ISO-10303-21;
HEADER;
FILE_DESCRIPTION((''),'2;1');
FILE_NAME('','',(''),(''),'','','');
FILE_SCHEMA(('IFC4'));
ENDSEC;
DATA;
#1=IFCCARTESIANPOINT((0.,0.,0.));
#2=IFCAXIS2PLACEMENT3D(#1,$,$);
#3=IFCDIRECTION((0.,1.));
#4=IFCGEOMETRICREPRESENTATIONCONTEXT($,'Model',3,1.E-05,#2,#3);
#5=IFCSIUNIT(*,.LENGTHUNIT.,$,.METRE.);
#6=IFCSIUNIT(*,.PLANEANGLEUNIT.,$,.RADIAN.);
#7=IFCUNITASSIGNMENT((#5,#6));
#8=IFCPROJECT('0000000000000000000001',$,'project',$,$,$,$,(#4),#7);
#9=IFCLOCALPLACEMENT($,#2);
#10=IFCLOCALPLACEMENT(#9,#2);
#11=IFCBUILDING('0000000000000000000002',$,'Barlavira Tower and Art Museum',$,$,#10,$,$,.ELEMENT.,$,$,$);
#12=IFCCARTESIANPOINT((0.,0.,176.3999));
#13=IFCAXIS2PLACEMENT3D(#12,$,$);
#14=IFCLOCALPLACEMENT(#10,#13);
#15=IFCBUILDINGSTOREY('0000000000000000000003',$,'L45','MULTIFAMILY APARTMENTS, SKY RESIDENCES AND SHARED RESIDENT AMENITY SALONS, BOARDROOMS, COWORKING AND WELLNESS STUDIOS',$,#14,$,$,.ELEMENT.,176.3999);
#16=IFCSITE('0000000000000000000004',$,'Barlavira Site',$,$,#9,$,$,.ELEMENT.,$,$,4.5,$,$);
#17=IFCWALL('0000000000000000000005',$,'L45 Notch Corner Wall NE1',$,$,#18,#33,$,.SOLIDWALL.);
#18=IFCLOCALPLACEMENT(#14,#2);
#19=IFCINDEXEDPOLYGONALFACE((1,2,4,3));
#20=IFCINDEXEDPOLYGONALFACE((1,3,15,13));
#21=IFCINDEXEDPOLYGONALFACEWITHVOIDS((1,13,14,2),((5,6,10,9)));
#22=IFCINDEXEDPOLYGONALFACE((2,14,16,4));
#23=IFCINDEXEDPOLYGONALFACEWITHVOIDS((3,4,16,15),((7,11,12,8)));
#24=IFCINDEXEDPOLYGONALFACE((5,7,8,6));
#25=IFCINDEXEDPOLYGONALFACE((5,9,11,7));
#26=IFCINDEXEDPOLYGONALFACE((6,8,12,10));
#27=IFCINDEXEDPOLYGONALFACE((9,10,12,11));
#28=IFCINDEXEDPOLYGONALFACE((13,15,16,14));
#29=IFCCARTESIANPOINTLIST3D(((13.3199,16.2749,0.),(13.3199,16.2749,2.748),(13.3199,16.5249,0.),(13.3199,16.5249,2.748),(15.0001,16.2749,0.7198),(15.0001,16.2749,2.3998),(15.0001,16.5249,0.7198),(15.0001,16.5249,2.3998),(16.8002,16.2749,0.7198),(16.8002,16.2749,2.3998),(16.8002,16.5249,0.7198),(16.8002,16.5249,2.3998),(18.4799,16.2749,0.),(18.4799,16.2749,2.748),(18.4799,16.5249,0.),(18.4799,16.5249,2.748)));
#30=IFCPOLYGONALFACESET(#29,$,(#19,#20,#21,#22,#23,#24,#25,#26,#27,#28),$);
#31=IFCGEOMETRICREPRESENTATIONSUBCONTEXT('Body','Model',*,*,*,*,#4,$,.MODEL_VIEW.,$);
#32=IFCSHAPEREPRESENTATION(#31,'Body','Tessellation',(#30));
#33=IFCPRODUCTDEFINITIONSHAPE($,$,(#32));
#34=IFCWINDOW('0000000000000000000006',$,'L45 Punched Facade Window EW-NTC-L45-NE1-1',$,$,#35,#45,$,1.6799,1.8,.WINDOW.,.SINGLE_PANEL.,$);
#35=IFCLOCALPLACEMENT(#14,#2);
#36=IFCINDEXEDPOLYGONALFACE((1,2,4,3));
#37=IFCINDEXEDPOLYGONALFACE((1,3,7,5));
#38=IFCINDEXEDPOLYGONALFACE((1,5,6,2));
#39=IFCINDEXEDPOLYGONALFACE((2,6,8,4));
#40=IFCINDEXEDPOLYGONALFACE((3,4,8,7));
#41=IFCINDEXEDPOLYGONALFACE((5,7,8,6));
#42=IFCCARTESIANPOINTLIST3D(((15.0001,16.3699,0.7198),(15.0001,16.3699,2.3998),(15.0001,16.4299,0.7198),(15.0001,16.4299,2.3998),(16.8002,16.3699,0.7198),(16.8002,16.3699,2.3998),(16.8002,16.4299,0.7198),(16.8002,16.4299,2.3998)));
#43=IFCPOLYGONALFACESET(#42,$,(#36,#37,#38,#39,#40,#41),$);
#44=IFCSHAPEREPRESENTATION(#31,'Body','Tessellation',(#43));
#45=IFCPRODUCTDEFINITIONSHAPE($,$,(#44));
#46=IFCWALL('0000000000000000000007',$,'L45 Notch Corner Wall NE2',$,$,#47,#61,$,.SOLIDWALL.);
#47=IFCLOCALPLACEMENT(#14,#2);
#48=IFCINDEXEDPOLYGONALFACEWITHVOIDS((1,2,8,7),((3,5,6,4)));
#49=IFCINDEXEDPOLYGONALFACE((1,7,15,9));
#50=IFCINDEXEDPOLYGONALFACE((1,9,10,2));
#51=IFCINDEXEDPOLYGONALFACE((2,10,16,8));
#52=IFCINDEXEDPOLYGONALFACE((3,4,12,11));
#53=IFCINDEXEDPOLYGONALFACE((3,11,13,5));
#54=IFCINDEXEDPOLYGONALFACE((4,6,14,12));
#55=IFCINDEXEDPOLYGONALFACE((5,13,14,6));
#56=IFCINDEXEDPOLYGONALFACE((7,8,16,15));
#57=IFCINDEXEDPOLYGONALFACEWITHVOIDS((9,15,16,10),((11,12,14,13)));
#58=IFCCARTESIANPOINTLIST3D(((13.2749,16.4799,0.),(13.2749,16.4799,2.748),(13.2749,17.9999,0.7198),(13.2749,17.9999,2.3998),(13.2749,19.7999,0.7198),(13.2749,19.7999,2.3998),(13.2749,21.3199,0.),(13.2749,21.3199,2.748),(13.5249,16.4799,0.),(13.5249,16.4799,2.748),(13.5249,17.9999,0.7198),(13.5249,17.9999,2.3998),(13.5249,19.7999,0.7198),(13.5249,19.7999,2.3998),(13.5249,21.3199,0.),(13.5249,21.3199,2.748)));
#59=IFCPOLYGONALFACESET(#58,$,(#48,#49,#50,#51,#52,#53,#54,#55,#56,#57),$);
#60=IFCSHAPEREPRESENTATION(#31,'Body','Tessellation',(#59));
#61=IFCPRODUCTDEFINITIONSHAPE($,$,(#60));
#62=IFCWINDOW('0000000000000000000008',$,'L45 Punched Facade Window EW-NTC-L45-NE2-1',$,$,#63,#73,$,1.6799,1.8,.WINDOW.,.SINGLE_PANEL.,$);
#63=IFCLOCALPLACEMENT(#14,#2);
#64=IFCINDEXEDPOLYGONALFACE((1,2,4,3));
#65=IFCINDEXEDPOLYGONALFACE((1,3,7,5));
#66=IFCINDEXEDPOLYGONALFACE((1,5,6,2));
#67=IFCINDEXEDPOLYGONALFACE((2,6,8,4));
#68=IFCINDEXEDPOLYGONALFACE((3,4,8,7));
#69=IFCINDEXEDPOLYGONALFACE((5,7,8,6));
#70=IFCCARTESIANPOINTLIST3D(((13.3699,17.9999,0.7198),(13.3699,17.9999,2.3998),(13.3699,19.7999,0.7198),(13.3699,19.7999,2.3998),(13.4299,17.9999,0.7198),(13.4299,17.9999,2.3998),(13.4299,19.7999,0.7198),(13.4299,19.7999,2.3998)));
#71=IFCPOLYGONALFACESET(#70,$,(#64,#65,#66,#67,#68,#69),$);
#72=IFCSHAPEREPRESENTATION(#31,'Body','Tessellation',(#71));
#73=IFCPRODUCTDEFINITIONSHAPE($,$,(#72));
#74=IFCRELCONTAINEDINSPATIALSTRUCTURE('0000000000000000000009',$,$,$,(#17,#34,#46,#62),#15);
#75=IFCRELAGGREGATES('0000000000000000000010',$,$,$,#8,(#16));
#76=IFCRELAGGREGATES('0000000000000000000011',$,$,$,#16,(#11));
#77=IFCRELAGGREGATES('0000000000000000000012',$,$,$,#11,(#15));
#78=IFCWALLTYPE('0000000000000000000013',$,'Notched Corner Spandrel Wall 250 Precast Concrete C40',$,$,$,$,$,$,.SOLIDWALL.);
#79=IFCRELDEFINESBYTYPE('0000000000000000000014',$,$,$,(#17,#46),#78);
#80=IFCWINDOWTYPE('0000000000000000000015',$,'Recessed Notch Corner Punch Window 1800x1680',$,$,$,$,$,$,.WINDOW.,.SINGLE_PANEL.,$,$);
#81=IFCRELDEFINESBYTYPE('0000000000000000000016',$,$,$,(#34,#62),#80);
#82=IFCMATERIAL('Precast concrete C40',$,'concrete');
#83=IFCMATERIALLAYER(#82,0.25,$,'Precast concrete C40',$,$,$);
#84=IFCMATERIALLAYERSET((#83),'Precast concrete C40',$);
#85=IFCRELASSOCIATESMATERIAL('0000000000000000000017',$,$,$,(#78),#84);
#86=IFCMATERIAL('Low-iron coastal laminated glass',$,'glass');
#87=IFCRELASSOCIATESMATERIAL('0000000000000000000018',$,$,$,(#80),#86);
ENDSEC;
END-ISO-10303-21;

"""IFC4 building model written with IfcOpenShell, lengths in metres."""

from ifc_helpers import new_model, si_unit, direction, frame, frame_2d, origin, place, context, subcontext, project, spatial, rectangle, extrude, material, layer, layer_set, type_object, element, fill, save


model = new_model("IFC4")

# Units and contexts
model_context = context("Model", 3, precision=1e-05, world=origin(), true_north=direction((0.0, 1.0)))
body_context = subcontext(model_context, "Body", "Model", "MODEL_VIEW")
ifc_project = project(units=[si_unit("LENGTHUNIT", "METRE"), si_unit("PLANEANGLEUNIT", "RADIAN")], contexts=[model_context])

# Site, building, storey
site_placement = place(None, origin())
site = spatial("IfcSite", under=ifc_project, at=site_placement, Name="Barlavira Site", CompositionType="ELEMENT", RefElevation=4.5)
building_placement = place(site_placement, origin())
building = spatial("IfcBuilding", under=site, at=building_placement, Name="Barlavira Tower and Art Museum", CompositionType="ELEMENT")
storey_placement = place(building_placement, frame((0.0, 0.0, 176.3999)))
storey = spatial("IfcBuildingStorey", under=building, at=storey_placement, Name="L45", Description="MULTIFAMILY APARTMENTS, SKY RESIDENCES AND SHARED RESIDENT AMENITY SALONS, BOARDROOMS, COWORKING AND WELLNESS STUDIOS", CompositionType="ELEMENT", Elevation=176.3999)

# Walls, openings, windows
ifc_material_1 = material(Name="Precast concrete C40", Category="concrete")
ifc_layer_1 = layer(ifc_material_1, 0.25, Name="Precast concrete C40")
ifc_layer_set_1 = layer_set([ifc_layer_1], Name="Precast concrete C40")
wall_type_1 = type_object("IfcWallType", Name="Notched Corner Spandrel Wall 250 Precast Concrete C40", PredefinedType="SOLIDWALL", material=ifc_layer_set_1)
ifc_material_2 = material(Name="Low-iron coastal laminated glass", Category="glass")
window_type_1 = type_object("IfcWindowType", Name="Recessed Notch Corner Punch Window 1800x1680", PartitioningType="SINGLE_PANEL", PredefinedType="WINDOW", material=ifc_material_2)
wall_1_placement = place(storey_placement, frame((18.48, 16.3999, 0.0), z_axis=(0.0, 0.0, 1.0), x_axis=(-1.0, 0.0, 0.0)))
wall_1 = element("IfcWall", 1, at=wall_1_placement, inside=storey, type_object=wall_type_1, Name="L45 Notch Corner Wall NE1", PredefinedType="SOLIDWALL", context=body_context, shape_type="SweptSolid", body=[
    extrude(rectangle(XDim=5.1599, YDim=0.25, at=frame_2d((2.5801, 0.0))), origin(), (0.0, 0.0, 1.0), 2.748),
])
opening_1_placement = place(wall_1_placement, frame((1.6799, 0.0, 0.72)))
opening_1 = element("IfcOpeningElement", 2, at=opening_1_placement, cuts=wall_1, PredefinedType="OPENING", context=body_context, shape_type="SweptSolid", body=[
    extrude(rectangle(XDim=1.8, YDim=1.6799, at=frame_2d((0.8999, 0.8398))), frame((0.0, 0.135, 0.0), z_axis=(0.0, -1.0, 0.0), x_axis=(1.0, 0.0, 0.0)), (0.0, 0.0, 1.0), 0.27),
])
window_1_placement = place(opening_1_placement, origin())
window_1 = element("IfcWindow", 3, at=window_1_placement, inside=storey, type_object=window_type_1, Name="L45 Punched Facade Window EW-NTC-L45-NE1-1", OverallHeight=1.6799, OverallWidth=1.8, PartitioningType="SINGLE_PANEL", PredefinedType="WINDOW", context=body_context, shape_type="SweptSolid", body=[
    extrude(rectangle(XDim=1.8, YDim=1.6799, at=frame_2d((0.8999, 0.8398))), frame((0.0, 0.03, 0.0), z_axis=(0.0, -1.0, 0.0), x_axis=(1.0, 0.0, 0.0)), (0.0, 0.0, 1.0), 0.0601),
])
fill(opening_1, window_1)
wall_2_placement = place(storey_placement, frame((13.3999, 16.48, 0.0), z_axis=(0.0, 0.0, 1.0), x_axis=(0.0, 1.0, 0.0)))
wall_2 = element("IfcWall", 4, at=wall_2_placement, inside=storey, type_object=wall_type_1, Name="L45 Notch Corner Wall NE2", PredefinedType="SOLIDWALL", context=body_context, shape_type="SweptSolid", body=[
    extrude(rectangle(XDim=4.8401, YDim=0.25, at=frame_2d((2.4199, 0.0))), origin(), (0.0, 0.0, 1.0), 2.748),
])
opening_2_placement = place(wall_2_placement, frame((1.52, 0.0, 0.72)))
opening_2 = element("IfcOpeningElement", 5, at=opening_2_placement, cuts=wall_2, PredefinedType="OPENING", context=body_context, shape_type="SweptSolid", body=[
    extrude(rectangle(XDim=1.8, YDim=1.6799, at=frame_2d((0.8999, 0.8398))), frame((0.0, 0.135, 0.0), z_axis=(0.0, -1.0, 0.0), x_axis=(1.0, 0.0, 0.0)), (0.0, 0.0, 1.0), 0.27),
])
window_2_placement = place(opening_2_placement, origin())
window_2 = element("IfcWindow", 6, at=window_2_placement, inside=storey, type_object=window_type_1, Name="L45 Punched Facade Window EW-NTC-L45-NE2-1", OverallHeight=1.6799, OverallWidth=1.8, PartitioningType="SINGLE_PANEL", PredefinedType="WINDOW", context=body_context, shape_type="SweptSolid", body=[
    extrude(rectangle(XDim=1.8, YDim=1.6799, at=frame_2d((0.8999, 0.8398))), frame((0.0, 0.03, 0.0), z_axis=(0.0, -1.0, 0.0), x_axis=(1.0, 0.0, 0.0)), (0.0, 0.0, 1.0), 0.0601),
])
fill(opening_2, window_2)

save(model, "model.ifc")
